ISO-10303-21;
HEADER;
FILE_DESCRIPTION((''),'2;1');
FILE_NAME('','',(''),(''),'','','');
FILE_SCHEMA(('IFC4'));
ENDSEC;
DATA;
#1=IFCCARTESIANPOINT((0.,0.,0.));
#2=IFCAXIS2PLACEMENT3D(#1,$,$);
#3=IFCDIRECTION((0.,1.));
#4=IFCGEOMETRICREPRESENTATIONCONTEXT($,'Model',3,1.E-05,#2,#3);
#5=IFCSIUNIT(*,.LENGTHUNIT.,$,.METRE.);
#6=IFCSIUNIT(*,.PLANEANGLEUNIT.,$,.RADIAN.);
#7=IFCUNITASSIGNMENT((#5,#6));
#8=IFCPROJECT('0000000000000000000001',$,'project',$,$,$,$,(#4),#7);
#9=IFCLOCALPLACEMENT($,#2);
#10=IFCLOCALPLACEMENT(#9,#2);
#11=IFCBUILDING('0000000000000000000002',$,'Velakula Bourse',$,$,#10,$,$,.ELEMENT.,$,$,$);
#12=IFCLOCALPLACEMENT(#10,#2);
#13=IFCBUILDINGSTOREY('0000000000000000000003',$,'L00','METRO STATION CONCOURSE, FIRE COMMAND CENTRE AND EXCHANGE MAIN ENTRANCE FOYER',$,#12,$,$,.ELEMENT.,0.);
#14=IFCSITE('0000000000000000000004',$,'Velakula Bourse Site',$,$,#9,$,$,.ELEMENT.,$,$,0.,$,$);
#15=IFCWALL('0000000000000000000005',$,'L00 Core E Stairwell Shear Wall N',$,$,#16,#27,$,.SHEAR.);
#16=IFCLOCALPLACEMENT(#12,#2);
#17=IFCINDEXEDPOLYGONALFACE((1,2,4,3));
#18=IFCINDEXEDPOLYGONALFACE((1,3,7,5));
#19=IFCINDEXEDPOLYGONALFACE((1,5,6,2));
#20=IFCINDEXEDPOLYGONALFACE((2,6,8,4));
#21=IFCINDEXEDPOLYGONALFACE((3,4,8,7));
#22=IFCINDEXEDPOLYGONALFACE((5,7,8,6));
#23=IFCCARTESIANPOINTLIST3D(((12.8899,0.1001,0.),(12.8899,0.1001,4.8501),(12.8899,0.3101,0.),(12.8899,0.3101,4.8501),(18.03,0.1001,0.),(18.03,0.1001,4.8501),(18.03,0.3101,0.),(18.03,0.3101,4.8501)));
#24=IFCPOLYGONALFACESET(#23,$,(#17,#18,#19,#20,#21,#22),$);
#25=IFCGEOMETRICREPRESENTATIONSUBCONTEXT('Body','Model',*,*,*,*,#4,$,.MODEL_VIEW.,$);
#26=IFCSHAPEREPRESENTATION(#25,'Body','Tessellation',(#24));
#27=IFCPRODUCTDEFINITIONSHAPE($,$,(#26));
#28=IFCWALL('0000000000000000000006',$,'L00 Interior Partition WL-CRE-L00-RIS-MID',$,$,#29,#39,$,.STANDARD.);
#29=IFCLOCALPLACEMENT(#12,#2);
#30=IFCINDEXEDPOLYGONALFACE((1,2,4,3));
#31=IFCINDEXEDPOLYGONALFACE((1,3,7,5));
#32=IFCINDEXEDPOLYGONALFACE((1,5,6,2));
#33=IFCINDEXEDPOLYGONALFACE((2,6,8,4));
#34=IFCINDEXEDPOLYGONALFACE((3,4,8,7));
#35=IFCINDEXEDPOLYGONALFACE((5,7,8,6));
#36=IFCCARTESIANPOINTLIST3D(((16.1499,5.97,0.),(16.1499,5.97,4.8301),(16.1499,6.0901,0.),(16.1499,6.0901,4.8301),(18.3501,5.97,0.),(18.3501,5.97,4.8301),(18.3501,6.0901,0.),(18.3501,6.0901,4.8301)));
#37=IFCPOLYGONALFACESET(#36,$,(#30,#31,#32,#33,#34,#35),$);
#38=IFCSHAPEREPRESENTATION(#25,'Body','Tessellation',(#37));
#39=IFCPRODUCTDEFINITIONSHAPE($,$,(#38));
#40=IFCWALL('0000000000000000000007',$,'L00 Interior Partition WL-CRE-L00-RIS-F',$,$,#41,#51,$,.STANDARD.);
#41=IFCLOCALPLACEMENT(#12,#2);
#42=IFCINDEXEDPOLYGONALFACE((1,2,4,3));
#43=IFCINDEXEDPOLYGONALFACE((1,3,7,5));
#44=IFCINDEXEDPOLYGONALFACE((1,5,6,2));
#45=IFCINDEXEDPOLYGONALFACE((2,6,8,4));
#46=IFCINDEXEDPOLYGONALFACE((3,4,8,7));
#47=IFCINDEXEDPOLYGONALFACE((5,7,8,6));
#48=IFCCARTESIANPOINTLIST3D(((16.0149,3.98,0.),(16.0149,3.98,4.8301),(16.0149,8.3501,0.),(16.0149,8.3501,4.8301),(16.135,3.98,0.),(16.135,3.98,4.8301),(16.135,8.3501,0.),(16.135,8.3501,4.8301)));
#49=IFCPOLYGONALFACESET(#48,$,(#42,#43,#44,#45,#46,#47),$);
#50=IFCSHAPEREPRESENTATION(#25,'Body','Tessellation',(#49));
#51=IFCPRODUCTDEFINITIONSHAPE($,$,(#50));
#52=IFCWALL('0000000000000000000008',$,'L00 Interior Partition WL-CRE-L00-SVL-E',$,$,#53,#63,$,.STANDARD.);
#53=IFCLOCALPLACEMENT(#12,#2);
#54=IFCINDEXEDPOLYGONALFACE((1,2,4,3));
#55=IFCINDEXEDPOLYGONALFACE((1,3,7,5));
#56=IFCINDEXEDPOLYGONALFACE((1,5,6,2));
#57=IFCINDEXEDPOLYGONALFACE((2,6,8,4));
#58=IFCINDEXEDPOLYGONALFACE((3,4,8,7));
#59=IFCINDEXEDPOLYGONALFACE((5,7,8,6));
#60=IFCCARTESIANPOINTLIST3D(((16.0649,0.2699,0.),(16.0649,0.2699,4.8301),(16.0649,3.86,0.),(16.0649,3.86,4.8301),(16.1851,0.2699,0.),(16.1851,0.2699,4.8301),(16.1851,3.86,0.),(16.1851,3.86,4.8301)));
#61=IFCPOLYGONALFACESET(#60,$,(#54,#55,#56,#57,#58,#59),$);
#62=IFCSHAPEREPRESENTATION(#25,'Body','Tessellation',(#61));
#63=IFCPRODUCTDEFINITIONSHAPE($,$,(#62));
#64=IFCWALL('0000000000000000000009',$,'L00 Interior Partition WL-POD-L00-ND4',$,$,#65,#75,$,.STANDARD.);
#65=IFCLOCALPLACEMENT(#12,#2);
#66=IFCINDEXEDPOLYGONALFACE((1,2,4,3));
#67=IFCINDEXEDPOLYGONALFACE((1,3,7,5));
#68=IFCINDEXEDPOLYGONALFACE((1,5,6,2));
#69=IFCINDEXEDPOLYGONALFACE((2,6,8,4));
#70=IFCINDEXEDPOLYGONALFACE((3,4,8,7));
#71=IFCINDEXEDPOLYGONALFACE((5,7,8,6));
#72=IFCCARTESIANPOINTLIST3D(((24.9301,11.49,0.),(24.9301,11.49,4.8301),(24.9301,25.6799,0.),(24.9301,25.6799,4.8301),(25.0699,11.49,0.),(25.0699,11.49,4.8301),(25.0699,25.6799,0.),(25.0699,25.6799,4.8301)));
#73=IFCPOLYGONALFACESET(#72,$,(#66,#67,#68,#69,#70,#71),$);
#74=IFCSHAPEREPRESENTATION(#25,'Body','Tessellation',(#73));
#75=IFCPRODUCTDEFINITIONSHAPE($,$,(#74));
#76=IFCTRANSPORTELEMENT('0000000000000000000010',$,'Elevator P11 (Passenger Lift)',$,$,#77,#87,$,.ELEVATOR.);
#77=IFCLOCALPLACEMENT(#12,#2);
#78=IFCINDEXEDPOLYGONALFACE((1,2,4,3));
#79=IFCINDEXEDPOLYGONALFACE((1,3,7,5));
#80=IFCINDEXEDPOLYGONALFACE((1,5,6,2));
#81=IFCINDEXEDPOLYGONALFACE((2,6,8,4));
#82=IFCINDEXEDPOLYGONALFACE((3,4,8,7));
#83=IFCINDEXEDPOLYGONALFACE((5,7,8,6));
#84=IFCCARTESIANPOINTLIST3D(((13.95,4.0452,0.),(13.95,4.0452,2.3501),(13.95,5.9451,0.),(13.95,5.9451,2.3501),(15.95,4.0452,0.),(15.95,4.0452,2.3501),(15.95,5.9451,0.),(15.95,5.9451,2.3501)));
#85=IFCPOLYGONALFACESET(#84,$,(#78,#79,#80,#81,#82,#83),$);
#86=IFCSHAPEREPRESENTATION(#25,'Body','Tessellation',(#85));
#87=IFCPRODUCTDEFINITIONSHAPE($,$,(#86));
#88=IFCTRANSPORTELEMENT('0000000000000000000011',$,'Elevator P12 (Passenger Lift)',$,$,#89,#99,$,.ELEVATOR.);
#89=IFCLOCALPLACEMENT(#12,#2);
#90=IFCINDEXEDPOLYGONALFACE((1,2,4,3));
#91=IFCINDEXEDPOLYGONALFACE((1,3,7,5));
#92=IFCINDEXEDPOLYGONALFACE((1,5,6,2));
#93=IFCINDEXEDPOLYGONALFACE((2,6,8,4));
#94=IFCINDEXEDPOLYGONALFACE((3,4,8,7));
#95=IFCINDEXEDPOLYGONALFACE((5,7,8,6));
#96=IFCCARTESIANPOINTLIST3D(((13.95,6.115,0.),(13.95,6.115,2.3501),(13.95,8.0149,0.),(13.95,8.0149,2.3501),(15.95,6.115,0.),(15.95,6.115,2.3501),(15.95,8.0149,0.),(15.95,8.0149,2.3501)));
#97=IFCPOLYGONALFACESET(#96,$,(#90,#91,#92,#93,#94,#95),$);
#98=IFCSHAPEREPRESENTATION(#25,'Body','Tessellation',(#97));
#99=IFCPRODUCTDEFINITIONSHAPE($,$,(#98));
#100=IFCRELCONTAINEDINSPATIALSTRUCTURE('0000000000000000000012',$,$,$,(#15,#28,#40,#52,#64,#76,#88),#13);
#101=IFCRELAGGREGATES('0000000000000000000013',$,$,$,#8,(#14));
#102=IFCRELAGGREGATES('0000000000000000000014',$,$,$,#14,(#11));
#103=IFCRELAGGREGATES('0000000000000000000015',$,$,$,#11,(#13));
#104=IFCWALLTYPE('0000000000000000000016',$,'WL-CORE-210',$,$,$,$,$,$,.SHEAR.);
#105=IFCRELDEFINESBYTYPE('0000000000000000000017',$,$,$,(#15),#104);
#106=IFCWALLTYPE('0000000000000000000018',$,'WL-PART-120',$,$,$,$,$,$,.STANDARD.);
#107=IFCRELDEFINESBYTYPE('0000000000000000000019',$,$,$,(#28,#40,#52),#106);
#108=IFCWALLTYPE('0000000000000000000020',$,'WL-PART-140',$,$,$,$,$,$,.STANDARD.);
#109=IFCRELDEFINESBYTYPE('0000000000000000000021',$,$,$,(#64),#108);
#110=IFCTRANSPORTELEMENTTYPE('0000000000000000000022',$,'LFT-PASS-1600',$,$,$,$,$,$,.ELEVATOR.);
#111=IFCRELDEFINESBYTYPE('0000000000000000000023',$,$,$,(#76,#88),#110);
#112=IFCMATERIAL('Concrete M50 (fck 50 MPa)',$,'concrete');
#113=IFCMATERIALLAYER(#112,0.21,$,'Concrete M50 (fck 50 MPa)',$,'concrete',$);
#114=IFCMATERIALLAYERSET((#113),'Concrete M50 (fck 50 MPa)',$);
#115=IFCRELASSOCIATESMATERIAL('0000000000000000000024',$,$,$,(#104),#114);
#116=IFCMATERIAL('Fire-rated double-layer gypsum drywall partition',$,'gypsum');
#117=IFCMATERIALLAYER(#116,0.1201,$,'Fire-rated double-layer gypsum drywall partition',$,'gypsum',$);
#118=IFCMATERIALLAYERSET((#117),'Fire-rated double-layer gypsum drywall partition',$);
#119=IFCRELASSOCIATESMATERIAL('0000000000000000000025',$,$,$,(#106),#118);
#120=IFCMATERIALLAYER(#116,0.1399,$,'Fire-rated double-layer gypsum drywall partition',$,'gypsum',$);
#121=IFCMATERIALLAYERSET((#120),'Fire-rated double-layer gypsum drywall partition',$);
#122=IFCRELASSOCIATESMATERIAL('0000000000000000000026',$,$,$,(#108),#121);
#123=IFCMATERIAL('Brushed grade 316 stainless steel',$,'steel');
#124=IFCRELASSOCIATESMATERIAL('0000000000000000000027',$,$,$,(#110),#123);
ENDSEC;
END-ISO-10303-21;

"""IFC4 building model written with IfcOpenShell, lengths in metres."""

from ifc_helpers import new_model, si_unit, direction, frame, frame_2d, origin, origin_2d, place, context, subcontext, project, spatial, rectangle, extrude, material, layer, layer_set, type_object, element, save


model = new_model("IFC4")

# Units and contexts
model_context = context("Model", 3, precision=1e-05, world=origin(), true_north=direction((0.0, 1.0)))
body_context = subcontext(model_context, "Body", "Model", "MODEL_VIEW")
ifc_project = project(units=[si_unit("LENGTHUNIT", "METRE"), si_unit("PLANEANGLEUNIT", "RADIAN")], contexts=[model_context])

# Site, building, storey
site_placement = place(None, origin())
site = spatial("IfcSite", under=ifc_project, at=site_placement, Name="Velakula Bourse Site", CompositionType="ELEMENT", RefElevation=0.0)
building_placement = place(site_placement, origin())
building = spatial("IfcBuilding", under=site, at=building_placement, Name="Velakula Bourse", CompositionType="ELEMENT")
storey_placement = place(building_placement, origin())
storey = spatial("IfcBuildingStorey", under=building, at=storey_placement, Name="L00", Description="METRO STATION CONCOURSE, FIRE COMMAND CENTRE AND EXCHANGE MAIN ENTRANCE FOYER", CompositionType="ELEMENT", Elevation=0.0)

# Walls
ifc_material_1 = material(Name="Concrete M50 (fck 50 MPa)", Category="concrete")
ifc_layer_1 = layer(ifc_material_1, 0.21, Name="Concrete M50 (fck 50 MPa)", Category="concrete")
ifc_layer_set_1 = layer_set([ifc_layer_1], Name="Concrete M50 (fck 50 MPa)")
wall_type_1 = type_object("IfcWallType", Name="WL-CORE-210", PredefinedType="SHEAR", material=ifc_layer_set_1)
wall_1_placement = place(storey_placement, frame((18.03, 0.2051, 0.0), z_axis=(0.0, 0.0, 1.0), x_axis=(-1.0, 0.0, 0.0)))
element("IfcWall", 1, at=wall_1_placement, inside=storey, type_object=wall_type_1, Name="L00 Core E Stairwell Shear Wall N", PredefinedType="SHEAR", context=body_context, shape_type="SweptSolid", body=[
    extrude(rectangle(XDim=5.1401, YDim=0.21, at=frame_2d((2.5701, 0.0))), origin(), (0.0, 0.0, 1.0), 4.8501),
])
ifc_material_2 = material(Name="Fire-rated double-layer gypsum drywall partition", Category="gypsum")
ifc_layer_2 = layer(ifc_material_2, 0.1201, Name="Fire-rated double-layer gypsum drywall partition", Category="gypsum")
ifc_layer_set_2 = layer_set([ifc_layer_2], Name="Fire-rated double-layer gypsum drywall partition")
wall_type_2 = type_object("IfcWallType", Name="WL-PART-120", PredefinedType="STANDARD", material=ifc_layer_set_2)
wall_2_placement = place(storey_placement, frame((16.1499, 6.03, 0.0), z_axis=(0.0, 0.0, 1.0), x_axis=(1.0, 0.0, 0.0)))
element("IfcWall", 2, at=wall_2_placement, inside=storey, type_object=wall_type_2, Name="L00 Interior Partition WL-CRE-L00-RIS-MID", PredefinedType="STANDARD", context=body_context, shape_type="SweptSolid", body=[
    extrude(rectangle(XDim=2.2002, YDim=0.1201, at=frame_2d((1.1001, 0.0))), origin(), (0.0, 0.0, 1.0), 4.8301),
])
wall_3_placement = place(storey_placement, frame((16.075, 3.98, 0.0), z_axis=(0.0, 0.0, 1.0), x_axis=(0.0, 1.0, 0.0)))
element("IfcWall", 3, at=wall_3_placement, inside=storey, type_object=wall_type_2, Name="L00 Interior Partition WL-CRE-L00-RIS-F", PredefinedType="STANDARD", context=body_context, shape_type="SweptSolid", body=[
    extrude(rectangle(XDim=4.3701, YDim=0.1201, at=frame_2d((2.1851, 0.0))), origin(), (0.0, 0.0, 1.0), 4.8301),
])
wall_4_placement = place(storey_placement, frame((16.125, 0.27, 0.0), z_axis=(0.0, 0.0, 1.0), x_axis=(0.0, 1.0, 0.0)))
element("IfcWall", 4, at=wall_4_placement, inside=storey, type_object=wall_type_2, Name="L00 Interior Partition WL-CRE-L00-SVL-E", PredefinedType="STANDARD", context=body_context, shape_type="SweptSolid", body=[
    extrude(rectangle(XDim=3.5901, YDim=0.1201, at=frame_2d((1.7949, 0.0))), origin(), (0.0, 0.0, 1.0), 4.8301),
])
ifc_layer_3 = layer(ifc_material_2, 0.1399, Name="Fire-rated double-layer gypsum drywall partition", Category="gypsum")
ifc_layer_set_3 = layer_set([ifc_layer_3], Name="Fire-rated double-layer gypsum drywall partition")
wall_type_3 = type_object("IfcWallType", Name="WL-PART-140", PredefinedType="STANDARD", material=ifc_layer_set_3)
wall_5_placement = place(storey_placement, frame((25.0, 11.49, 0.0), z_axis=(0.0, 0.0, 1.0), x_axis=(0.0, 1.0, 0.0)))
element("IfcWall", 5, at=wall_5_placement, inside=storey, type_object=wall_type_3, Name="L00 Interior Partition WL-POD-L00-ND4", PredefinedType="STANDARD", context=body_context, shape_type="SweptSolid", body=[
    extrude(rectangle(XDim=14.1899, YDim=0.1399, at=frame_2d((7.095, 0.0))), origin(), (0.0, 0.0, 1.0), 4.8301),
])

# Transport elements
ifc_material_3 = material(Name="Brushed grade 316 stainless steel", Category="steel")
transport_element_type = type_object("IfcTransportElementType", Name="LFT-PASS-1600", PredefinedType="ELEVATOR", material=ifc_material_3)
for number, where, z_axis, x_axis, name in (
    (6, (14.95, 4.9951, 0.0), (0.0, 0.0, 1.0), (1.0, 0.0, 0.0), "Elevator P11 (Passenger Lift)"),
    (7, (14.95, 7.0649, 0.0), (0.0, 0.0, 1.0), (1.0, 0.0, 0.0), "Elevator P12 (Passenger Lift)"),
):
    element("IfcTransportElement", number, at=place(storey_placement, frame(where, z_axis=z_axis, x_axis=x_axis)), inside=storey, type_object=transport_element_type, Name=name, PredefinedType="ELEVATOR", context=body_context, shape_type="SweptSolid", body=[
        extrude(rectangle(XDim=2.0, YDim=1.8999, at=origin_2d()), origin(), (0.0, 0.0, 1.0), 2.3501),
    ])

save(model, "model.ifc")
